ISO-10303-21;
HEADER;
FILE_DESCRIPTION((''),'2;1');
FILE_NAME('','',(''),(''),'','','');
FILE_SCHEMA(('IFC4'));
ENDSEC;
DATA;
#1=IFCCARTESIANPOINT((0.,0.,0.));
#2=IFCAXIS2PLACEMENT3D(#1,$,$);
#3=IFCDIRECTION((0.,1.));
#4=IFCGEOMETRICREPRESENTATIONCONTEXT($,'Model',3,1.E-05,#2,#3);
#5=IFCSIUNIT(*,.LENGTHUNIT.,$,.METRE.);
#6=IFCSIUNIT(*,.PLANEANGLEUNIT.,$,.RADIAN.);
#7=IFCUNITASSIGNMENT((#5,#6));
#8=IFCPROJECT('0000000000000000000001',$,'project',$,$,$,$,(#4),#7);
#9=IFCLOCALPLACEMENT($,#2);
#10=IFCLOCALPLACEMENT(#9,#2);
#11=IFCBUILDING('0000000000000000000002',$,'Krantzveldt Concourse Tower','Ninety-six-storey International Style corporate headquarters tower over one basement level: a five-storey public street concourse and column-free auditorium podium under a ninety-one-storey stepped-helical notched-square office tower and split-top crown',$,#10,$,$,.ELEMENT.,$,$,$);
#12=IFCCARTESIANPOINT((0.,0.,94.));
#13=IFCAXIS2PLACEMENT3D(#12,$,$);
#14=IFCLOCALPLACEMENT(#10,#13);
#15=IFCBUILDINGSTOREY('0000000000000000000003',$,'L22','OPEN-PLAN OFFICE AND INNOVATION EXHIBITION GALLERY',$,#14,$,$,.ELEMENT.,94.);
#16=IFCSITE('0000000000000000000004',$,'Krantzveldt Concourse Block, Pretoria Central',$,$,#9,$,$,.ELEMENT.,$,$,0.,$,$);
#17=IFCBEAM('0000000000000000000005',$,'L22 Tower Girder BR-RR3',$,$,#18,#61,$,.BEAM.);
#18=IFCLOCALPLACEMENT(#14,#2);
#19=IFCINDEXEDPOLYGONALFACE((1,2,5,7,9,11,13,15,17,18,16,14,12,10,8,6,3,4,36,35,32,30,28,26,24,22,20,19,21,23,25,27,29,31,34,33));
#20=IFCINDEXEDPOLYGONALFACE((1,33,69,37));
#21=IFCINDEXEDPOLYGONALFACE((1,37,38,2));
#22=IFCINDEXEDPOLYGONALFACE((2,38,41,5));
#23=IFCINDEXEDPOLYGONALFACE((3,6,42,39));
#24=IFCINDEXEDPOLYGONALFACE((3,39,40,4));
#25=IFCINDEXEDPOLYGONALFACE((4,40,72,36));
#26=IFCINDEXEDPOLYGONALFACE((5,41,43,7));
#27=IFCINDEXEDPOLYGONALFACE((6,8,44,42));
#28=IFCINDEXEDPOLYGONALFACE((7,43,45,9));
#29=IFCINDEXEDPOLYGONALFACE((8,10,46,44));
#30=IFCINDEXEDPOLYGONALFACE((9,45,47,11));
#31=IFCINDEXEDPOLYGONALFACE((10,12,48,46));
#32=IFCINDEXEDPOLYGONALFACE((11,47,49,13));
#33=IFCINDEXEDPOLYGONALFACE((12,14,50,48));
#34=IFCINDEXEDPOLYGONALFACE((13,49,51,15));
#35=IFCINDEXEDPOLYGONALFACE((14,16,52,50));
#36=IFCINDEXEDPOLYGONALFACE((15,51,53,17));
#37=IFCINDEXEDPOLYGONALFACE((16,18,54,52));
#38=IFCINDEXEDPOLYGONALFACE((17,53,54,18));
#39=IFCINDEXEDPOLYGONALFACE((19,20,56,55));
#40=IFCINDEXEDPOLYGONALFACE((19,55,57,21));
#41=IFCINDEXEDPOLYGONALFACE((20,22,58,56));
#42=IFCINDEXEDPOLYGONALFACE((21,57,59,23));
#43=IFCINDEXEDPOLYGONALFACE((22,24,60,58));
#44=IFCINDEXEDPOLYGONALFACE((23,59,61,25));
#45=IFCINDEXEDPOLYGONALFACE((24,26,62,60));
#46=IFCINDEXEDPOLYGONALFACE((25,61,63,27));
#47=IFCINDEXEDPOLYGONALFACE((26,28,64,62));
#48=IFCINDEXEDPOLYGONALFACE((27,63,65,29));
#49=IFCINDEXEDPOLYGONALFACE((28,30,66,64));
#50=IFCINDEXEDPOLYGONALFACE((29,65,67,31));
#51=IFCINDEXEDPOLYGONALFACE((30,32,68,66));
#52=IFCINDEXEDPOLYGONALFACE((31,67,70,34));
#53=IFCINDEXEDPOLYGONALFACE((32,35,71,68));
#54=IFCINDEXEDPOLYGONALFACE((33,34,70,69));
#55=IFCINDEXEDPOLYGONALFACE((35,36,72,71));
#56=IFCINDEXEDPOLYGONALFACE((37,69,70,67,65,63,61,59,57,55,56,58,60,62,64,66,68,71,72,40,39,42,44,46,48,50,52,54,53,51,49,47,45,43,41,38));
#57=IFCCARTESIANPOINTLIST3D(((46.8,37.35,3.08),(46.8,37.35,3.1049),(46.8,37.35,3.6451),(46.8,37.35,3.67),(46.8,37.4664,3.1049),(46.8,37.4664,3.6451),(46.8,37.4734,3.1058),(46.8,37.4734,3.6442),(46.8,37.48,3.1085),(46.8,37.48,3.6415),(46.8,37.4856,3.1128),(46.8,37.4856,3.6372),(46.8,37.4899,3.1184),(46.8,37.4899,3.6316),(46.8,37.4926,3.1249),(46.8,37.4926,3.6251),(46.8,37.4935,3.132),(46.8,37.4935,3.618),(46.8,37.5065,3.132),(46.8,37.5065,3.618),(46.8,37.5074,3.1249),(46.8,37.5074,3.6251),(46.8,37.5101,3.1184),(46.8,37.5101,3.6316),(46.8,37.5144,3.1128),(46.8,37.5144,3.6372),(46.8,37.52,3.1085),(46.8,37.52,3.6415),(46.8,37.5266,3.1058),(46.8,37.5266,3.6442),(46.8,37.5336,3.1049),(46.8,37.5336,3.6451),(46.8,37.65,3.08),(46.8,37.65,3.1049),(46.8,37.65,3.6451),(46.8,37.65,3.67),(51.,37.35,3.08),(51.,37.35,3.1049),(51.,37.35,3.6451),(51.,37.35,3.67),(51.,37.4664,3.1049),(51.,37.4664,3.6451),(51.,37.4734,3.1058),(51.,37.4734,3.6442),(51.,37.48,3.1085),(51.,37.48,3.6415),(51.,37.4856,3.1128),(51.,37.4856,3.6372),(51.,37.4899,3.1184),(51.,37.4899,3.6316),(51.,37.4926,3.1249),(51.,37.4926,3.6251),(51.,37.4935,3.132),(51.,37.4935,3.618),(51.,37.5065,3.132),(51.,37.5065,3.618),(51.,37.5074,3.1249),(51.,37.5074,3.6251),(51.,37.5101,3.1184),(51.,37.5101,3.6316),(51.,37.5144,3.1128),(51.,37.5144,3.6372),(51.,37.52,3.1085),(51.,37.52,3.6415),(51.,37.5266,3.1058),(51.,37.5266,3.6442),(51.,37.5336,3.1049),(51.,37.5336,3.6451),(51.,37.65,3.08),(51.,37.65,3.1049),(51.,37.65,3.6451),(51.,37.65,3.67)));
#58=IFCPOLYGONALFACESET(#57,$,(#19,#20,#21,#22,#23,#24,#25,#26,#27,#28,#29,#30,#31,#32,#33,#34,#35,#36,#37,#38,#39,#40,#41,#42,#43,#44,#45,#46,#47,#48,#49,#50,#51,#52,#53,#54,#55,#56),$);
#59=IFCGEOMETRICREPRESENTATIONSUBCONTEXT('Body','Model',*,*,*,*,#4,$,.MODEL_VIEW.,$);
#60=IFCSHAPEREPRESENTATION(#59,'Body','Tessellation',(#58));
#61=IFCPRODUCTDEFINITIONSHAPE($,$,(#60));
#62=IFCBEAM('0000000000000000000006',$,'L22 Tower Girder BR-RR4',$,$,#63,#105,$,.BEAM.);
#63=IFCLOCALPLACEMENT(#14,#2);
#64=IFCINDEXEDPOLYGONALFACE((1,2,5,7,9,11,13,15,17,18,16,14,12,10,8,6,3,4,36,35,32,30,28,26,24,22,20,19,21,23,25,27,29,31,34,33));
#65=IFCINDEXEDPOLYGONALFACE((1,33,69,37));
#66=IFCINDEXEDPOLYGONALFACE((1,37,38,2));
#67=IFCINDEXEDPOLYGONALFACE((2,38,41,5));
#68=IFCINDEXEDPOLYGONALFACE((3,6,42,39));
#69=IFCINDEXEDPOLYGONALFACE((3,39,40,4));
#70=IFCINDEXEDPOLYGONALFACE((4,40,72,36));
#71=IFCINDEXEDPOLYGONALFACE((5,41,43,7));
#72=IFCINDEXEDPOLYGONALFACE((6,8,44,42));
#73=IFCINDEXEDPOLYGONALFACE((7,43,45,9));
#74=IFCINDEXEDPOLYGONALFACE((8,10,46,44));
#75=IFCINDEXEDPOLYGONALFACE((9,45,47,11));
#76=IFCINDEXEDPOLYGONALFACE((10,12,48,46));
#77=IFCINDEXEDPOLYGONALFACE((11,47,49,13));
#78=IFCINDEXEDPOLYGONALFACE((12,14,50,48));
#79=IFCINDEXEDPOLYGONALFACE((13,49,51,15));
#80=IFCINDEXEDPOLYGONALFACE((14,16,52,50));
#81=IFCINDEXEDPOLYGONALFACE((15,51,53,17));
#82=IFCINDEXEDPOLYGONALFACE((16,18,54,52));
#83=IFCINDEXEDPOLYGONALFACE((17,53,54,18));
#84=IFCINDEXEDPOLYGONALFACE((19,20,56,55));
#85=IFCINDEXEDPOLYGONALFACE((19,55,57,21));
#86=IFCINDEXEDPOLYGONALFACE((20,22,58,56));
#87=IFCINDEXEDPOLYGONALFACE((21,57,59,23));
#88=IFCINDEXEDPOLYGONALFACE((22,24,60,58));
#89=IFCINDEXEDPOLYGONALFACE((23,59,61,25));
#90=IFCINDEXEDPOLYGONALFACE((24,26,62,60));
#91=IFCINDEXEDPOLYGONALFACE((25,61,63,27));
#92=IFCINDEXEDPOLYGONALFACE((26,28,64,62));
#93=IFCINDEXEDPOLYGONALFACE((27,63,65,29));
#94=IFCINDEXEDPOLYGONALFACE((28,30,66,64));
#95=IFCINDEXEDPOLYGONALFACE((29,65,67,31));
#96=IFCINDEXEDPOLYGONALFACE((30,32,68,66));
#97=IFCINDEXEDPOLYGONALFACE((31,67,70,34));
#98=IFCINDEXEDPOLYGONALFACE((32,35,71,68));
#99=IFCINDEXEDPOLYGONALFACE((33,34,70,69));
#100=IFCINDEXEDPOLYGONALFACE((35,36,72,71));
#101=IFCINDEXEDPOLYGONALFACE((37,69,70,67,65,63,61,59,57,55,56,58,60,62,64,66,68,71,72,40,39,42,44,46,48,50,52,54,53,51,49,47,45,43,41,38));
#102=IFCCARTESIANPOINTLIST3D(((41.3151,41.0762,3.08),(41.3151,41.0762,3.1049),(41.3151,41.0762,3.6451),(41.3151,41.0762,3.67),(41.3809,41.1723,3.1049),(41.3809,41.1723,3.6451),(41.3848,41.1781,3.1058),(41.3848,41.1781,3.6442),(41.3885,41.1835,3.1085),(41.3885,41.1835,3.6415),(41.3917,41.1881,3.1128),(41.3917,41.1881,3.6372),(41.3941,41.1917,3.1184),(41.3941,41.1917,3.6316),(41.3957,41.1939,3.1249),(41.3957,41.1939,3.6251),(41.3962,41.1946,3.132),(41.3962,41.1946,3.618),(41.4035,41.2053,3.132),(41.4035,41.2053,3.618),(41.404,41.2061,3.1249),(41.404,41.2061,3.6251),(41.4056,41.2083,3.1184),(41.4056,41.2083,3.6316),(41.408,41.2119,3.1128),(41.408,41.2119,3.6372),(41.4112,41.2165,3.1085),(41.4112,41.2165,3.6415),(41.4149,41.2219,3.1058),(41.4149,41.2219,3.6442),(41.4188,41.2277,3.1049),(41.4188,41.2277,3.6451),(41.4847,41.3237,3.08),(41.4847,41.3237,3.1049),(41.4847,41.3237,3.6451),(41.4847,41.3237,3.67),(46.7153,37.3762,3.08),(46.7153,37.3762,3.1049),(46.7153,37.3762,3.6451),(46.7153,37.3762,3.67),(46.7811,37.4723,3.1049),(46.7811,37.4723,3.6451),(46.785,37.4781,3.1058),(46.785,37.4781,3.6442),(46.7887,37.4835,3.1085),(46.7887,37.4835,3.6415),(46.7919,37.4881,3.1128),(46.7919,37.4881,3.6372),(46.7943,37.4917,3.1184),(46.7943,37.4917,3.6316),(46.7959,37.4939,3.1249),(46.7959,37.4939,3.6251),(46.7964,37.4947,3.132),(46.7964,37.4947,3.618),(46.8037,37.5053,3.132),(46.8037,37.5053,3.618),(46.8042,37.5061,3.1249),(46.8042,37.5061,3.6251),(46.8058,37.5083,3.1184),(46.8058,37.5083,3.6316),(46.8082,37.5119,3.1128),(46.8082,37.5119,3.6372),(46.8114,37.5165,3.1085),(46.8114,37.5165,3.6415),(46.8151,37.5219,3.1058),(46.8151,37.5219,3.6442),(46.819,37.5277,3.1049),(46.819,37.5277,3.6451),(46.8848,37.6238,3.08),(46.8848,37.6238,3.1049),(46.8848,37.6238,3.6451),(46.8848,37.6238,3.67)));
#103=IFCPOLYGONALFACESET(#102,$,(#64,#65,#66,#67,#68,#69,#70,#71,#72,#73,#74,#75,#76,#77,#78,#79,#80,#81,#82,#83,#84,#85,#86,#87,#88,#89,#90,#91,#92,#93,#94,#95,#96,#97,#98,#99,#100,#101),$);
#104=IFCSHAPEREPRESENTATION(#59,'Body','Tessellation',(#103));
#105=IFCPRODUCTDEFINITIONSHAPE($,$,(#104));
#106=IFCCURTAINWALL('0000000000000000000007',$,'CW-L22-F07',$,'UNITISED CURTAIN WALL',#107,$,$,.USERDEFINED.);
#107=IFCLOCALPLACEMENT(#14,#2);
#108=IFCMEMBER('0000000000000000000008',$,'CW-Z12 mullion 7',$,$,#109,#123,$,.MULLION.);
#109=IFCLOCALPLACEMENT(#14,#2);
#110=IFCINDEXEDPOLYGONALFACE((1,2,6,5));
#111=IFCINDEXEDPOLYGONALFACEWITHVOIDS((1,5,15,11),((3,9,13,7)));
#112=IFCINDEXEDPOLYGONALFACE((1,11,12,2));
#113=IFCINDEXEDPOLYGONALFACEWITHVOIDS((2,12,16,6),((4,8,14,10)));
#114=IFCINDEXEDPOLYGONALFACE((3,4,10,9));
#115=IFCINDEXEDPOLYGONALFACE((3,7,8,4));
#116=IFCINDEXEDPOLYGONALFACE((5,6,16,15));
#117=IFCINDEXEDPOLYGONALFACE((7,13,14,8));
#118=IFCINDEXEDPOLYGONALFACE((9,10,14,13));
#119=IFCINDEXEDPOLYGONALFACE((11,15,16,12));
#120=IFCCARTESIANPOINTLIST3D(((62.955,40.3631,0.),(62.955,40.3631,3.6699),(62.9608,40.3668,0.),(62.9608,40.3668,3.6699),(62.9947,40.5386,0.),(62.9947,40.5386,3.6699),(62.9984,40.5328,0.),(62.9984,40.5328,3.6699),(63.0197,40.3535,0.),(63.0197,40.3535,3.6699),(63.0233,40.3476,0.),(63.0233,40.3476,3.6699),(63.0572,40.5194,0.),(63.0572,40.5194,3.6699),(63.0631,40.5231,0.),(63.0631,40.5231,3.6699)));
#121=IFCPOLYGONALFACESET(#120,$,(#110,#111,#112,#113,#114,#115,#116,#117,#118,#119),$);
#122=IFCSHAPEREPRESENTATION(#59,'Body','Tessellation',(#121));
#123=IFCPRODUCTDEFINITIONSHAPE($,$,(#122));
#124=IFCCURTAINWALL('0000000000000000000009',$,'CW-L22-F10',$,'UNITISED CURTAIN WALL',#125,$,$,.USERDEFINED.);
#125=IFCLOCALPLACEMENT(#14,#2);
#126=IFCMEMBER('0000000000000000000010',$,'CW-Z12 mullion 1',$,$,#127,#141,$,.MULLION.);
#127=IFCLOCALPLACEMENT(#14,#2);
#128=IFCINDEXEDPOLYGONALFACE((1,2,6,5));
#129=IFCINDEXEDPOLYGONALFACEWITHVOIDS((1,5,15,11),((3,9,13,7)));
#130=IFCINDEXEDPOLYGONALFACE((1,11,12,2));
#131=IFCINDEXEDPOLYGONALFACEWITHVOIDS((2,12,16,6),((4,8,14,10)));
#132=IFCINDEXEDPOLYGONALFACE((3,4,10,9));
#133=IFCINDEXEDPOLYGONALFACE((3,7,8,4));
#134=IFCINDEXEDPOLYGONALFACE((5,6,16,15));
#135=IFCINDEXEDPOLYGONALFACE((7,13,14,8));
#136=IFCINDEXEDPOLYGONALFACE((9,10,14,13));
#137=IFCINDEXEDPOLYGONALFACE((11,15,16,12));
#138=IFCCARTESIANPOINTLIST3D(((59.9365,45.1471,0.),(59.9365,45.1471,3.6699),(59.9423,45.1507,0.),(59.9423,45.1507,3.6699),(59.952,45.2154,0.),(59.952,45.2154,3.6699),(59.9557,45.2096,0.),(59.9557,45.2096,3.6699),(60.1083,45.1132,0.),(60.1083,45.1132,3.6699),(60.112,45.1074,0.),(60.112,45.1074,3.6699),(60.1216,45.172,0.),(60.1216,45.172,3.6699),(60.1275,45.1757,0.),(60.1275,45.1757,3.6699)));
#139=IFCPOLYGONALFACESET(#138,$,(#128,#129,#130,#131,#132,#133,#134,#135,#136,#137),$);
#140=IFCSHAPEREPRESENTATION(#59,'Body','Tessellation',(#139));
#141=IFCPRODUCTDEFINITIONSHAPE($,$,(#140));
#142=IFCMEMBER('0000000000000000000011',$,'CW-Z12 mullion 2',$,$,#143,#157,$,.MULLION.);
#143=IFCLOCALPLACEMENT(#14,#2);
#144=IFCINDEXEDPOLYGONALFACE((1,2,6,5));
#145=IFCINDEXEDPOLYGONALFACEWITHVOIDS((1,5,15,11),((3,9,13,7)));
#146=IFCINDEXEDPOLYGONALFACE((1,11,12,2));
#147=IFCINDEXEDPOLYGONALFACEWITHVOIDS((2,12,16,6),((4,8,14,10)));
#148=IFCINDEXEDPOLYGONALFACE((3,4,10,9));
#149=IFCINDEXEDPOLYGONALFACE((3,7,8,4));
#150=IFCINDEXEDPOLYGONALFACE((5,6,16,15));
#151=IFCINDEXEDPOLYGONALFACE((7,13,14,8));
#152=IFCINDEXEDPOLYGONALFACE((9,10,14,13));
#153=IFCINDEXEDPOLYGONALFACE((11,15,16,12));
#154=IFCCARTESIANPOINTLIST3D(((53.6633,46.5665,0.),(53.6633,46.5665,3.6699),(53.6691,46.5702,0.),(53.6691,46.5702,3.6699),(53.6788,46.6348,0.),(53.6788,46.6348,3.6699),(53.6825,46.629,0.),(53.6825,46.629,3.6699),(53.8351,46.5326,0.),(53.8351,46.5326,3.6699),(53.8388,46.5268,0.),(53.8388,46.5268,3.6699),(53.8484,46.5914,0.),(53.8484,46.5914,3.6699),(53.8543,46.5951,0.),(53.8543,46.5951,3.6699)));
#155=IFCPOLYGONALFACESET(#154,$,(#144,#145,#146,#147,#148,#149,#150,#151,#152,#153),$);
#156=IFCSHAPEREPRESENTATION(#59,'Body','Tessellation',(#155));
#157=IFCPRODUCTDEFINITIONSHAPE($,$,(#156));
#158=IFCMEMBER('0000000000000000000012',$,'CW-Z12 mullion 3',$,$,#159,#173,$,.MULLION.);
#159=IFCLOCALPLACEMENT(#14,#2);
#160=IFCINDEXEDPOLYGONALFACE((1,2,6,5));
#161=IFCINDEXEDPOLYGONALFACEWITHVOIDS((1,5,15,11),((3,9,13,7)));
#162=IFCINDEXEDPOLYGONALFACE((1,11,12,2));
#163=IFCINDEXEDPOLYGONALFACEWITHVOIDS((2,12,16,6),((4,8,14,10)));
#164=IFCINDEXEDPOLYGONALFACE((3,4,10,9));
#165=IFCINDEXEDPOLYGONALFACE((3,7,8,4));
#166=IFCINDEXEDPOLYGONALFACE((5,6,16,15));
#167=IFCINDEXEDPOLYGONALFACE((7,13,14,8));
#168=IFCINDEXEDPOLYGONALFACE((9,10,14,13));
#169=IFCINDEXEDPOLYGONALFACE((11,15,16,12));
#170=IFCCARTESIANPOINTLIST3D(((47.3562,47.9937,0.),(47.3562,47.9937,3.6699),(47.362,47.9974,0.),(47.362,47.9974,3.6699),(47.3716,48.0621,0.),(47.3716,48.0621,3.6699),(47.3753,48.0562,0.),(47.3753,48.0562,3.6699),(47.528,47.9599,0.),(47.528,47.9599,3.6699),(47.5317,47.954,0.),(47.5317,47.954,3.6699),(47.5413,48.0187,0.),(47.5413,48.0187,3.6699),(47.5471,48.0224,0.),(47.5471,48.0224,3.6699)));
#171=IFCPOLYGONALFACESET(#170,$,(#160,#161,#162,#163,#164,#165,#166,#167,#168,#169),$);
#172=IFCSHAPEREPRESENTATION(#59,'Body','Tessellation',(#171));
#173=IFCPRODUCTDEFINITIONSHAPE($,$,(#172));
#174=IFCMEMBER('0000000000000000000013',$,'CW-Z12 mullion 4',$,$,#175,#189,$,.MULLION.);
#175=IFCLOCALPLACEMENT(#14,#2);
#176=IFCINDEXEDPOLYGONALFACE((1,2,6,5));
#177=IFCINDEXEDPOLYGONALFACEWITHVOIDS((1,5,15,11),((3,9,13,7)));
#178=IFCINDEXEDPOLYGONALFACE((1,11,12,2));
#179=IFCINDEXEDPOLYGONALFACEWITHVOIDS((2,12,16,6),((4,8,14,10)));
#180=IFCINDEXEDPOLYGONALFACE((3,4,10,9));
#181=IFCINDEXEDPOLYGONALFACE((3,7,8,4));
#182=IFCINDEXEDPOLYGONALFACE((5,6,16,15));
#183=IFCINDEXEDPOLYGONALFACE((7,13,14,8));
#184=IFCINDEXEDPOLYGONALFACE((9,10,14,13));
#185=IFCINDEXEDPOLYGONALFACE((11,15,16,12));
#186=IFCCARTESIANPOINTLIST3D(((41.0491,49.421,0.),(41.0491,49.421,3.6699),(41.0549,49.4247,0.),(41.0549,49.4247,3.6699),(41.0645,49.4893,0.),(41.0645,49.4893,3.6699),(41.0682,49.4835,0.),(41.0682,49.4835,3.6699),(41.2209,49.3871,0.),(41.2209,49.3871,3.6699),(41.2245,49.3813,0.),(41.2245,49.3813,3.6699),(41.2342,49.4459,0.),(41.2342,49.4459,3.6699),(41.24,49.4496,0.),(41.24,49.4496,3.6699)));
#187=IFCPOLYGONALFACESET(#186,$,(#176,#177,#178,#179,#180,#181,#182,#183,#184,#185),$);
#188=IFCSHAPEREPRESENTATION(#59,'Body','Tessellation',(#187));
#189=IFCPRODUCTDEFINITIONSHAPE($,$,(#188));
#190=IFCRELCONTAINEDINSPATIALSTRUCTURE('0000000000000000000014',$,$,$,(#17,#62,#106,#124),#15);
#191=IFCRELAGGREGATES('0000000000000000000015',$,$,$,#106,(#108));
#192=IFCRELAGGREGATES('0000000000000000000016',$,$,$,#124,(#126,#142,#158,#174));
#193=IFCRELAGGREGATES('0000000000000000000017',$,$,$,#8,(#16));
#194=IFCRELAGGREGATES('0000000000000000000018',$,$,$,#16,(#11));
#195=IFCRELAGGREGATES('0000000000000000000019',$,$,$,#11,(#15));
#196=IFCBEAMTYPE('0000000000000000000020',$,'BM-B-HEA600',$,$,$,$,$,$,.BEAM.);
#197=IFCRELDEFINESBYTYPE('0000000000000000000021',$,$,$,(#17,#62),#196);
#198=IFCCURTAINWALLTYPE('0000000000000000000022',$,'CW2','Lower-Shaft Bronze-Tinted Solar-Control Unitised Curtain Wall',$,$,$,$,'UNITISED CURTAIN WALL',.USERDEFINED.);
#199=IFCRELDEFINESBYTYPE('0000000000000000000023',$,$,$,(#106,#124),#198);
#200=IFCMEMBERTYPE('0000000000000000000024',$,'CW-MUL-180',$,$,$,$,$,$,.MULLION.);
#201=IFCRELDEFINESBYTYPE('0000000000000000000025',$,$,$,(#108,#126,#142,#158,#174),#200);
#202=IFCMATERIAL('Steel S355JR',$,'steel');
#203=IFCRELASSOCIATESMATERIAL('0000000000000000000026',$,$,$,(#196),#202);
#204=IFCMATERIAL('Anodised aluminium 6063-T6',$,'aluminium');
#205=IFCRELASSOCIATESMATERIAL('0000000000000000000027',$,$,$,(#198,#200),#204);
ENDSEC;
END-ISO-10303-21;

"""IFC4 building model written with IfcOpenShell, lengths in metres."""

from ifc_helpers import new_model, si_unit, direction, frame, origin, origin_2d, place, context, subcontext, project, spatial, hollow_rectangle, i_section, extrude, source, transform, mapped, material, material_profile, profile_set, type_object, type_shapes, element, aggregate, save


model = new_model("IFC4")

# Units and contexts
model_context = context("Model", 3, precision=1e-05, world=origin(), true_north=direction((0.0, 1.0)))
body_context = subcontext(model_context, "Body", "Model", "MODEL_VIEW")
ifc_project = project(units=[si_unit("LENGTHUNIT", "METRE"), si_unit("PLANEANGLEUNIT", "RADIAN")], contexts=[model_context])

# Site, building, storey
site_placement = place(None, origin())
site = spatial("IfcSite", under=ifc_project, at=site_placement, Name="Krantzveldt Concourse Block, Pretoria Central", CompositionType="ELEMENT", RefElevation=0.0)
building_placement = place(site_placement, origin())
building = spatial("IfcBuilding", under=site, at=building_placement, Name="Krantzveldt Concourse Tower", Description="Ninety-six-storey International Style corporate headquarters tower over one basement level: a five-storey public street concourse and column-free auditorium podium under a ninety-one-storey stepped-helical notched-square office tower and split-top crown", CompositionType="ELEMENT")
storey_placement = place(building_placement, frame((0.0, 0.0, 94.0)))
storey = spatial("IfcBuildingStorey", under=building, at=storey_placement, Name="L22", Description="OPEN-PLAN OFFICE AND INNOVATION EXHIBITION GALLERY", CompositionType="ELEMENT", Elevation=94.0)

# Beams
ifc_material_1 = material(Name="Steel S355JR", Category="steel")
ifc_material_profile_1 = material_profile(ifc_material_1, i_section(OverallWidth=0.3, OverallDepth=0.5901, WebThickness=0.0129, FlangeThickness=0.0249, FilletRadius=0.0271, at=origin_2d()), Name="Steel S355JR", Category="steel")
ifc_profile_set_1 = profile_set([ifc_material_profile_1], Name="Steel S355JR - HEA 600")
beam_type_1 = type_object("IfcBeamType", Name="BM-B-HEA600", PredefinedType="BEAM", material=ifc_profile_set_1)
shared_shape_1 = source(origin(), body_context, "Body", "SweptSolid", [
    extrude(i_section(OverallWidth=0.3, OverallDepth=0.5901, WebThickness=0.0129, FlangeThickness=0.0249, FilletRadius=0.0271, at=origin_2d()), origin(), (0.0, 0.0, 1.0), 4.2),
])
beam_1_placement = place(storey_placement, frame((46.8, 37.5, 3.375), z_axis=(1.0, 0.0, 0.0), x_axis=(0.0, 1.0, 0.0)))
element("IfcBeam", 1, at=beam_1_placement, inside=storey, type_object=beam_type_1, Name="L22 Tower Girder BR-RR3", PredefinedType="BEAM", context=body_context, shape_type="MappedRepresentation", body=[
    mapped(shared_shape_1, transform((0.0, 0.0, 0.0), x_axis=(1.0, 0.0, 0.0), y_axis=(0.0, 1.0, 0.0), z_axis=(0.0, 0.0, 1.0), scale=1.0)),
])
shared_shape_2 = source(origin(), body_context, "Body", "SweptSolid", [
    extrude(i_section(OverallWidth=0.3, OverallDepth=0.5901, WebThickness=0.0129, FlangeThickness=0.0249, FilletRadius=0.0271, at=origin_2d()), origin(), (0.0, 0.0, 1.0), 6.5461),
])
type_shapes(beam_type_1, [shared_shape_1, shared_shape_2])
beam_2_placement = place(storey_placement, frame((46.8, 37.5, 3.375), z_axis=(-0.824943, 0.565216, 0.0), x_axis=(-0.565216, -0.824943, 0.0)))
element("IfcBeam", 2, at=beam_2_placement, inside=storey, type_object=beam_type_1, Name="L22 Tower Girder BR-RR4", PredefinedType="BEAM", context=body_context, shape_type="MappedRepresentation", body=[
    mapped(shared_shape_2, transform((0.0, 0.0, 0.0), x_axis=(1.0, 0.0, 0.0), y_axis=(0.0, 1.0, 0.0), z_axis=(0.0, 0.0, 1.0), scale=1.0)),
])

# Curtain wall, member
ifc_material_2 = material(Name="Anodised aluminium 6063-T6", Category="aluminium")
curtain_wall_type = type_object("IfcCurtainWallType", Name="CW2", Description="Lower-Shaft Bronze-Tinted Solar-Control Unitised Curtain Wall", ElementType="UNITISED CURTAIN WALL", PredefinedType="USERDEFINED", material=ifc_material_2)
curtain_wall_1_placement = place(storey_placement, origin())
curtain_wall_1 = element("IfcCurtainWall", 3, at=curtain_wall_1_placement, inside=storey, type_object=curtain_wall_type, Name="CW-L22-F07", ObjectType="UNITISED CURTAIN WALL", PredefinedType="USERDEFINED")
ifc_material_profile_2 = material_profile(ifc_material_2, hollow_rectangle(XDim=0.0701, YDim=0.1799, WallThickness=0.0049, at=origin_2d()), Name="Anodised aluminium 6063-T6", Category="aluminium")
ifc_profile_set_2 = profile_set([ifc_material_profile_2], Name="Anodised aluminium 6063-T6 - ALU-MULL 180x70x5")
member_type_1 = type_object("IfcMemberType", Name="CW-MUL-180", PredefinedType="MULLION", material=ifc_profile_set_2)
shared_shape_3 = source(origin(), body_context, "Body", "SweptSolid", [
    extrude(hollow_rectangle(XDim=0.0701, YDim=0.1799, WallThickness=0.0049, at=origin_2d()), origin(), (0.0, 0.0, 1.0), 3.6699),
])
type_shapes(member_type_1, [shared_shape_3])
member_1_placement = place(storey_placement, frame((63.009, 40.4431, 0.0), z_axis=(0.0, 0.0, 1.0), x_axis=(-0.975342, 0.220697, 0.0)))
member_1 = element("IfcMember", 4, at=member_1_placement, type_object=member_type_1, Name="CW-Z12 mullion 7", PredefinedType="MULLION", context=body_context, shape_type="MappedRepresentation", body=[
    mapped(shared_shape_3, transform((0.0, 0.0, 0.0), x_axis=(1.0, 0.0, 0.0), y_axis=(0.0, 1.0, 0.0), z_axis=(0.0, 0.0, 1.0), scale=1.0)),
])

# Curtain wall, members
curtain_wall_2_placement = place(storey_placement, origin())
curtain_wall_2 = element("IfcCurtainWall", 5, at=curtain_wall_2_placement, inside=storey, type_object=curtain_wall_type, Name="CW-L22-F10", ObjectType="UNITISED CURTAIN WALL", PredefinedType="USERDEFINED")
member_2_placement = place(storey_placement, frame((60.032, 45.1614, 0.0), z_axis=(0.0, 0.0, 1.0), x_axis=(-0.220697, -0.975342, 0.0)))
member_2 = element("IfcMember", 6, at=member_2_placement, type_object=member_type_1, Name="CW-Z12 mullion 1", PredefinedType="MULLION", context=body_context, shape_type="MappedRepresentation", body=[
    mapped(shared_shape_3, transform((0.0, 0.0, 0.0), x_axis=(1.0, 0.0, 0.0), y_axis=(0.0, 1.0, 0.0), z_axis=(0.0, 0.0, 1.0), scale=1.0)),
])
member_3_placement = place(storey_placement, frame((53.7588, 46.5808, 0.0), z_axis=(0.0, 0.0, 1.0), x_axis=(-0.220697, -0.975342, 0.0)))
member_3 = element("IfcMember", 7, at=member_3_placement, type_object=member_type_1, Name="CW-Z12 mullion 2", PredefinedType="MULLION", context=body_context, shape_type="MappedRepresentation", body=[
    mapped(shared_shape_3, transform((0.0, 0.0, 0.0), x_axis=(1.0, 0.0, 0.0), y_axis=(0.0, 1.0, 0.0), z_axis=(0.0, 0.0, 1.0), scale=1.0)),
])
member_4_placement = place(storey_placement, frame((47.4517, 48.0081, 0.0), z_axis=(0.0, 0.0, 1.0), x_axis=(-0.220697, -0.975342, 0.0)))
member_4 = element("IfcMember", 8, at=member_4_placement, type_object=member_type_1, Name="CW-Z12 mullion 3", PredefinedType="MULLION", context=body_context, shape_type="MappedRepresentation", body=[
    mapped(shared_shape_3, transform((0.0, 0.0, 0.0), x_axis=(1.0, 0.0, 0.0), y_axis=(0.0, 1.0, 0.0), z_axis=(0.0, 0.0, 1.0), scale=1.0)),
])
member_5_placement = place(storey_placement, frame((41.1445, 49.4353, 0.0), z_axis=(0.0, 0.0, 1.0), x_axis=(-0.220697, -0.975342, 0.0)))
member_5 = element("IfcMember", 9, at=member_5_placement, type_object=member_type_1, Name="CW-Z12 mullion 4", PredefinedType="MULLION", context=body_context, shape_type="MappedRepresentation", body=[
    mapped(shared_shape_3, transform((0.0, 0.0, 0.0), x_axis=(1.0, 0.0, 0.0), y_axis=(0.0, 1.0, 0.0), z_axis=(0.0, 0.0, 1.0), scale=1.0)),
])

aggregate(curtain_wall_1, [member_1])
aggregate(curtain_wall_2, [member_2, member_3, member_4, member_5])

save(model, "model.ifc")
